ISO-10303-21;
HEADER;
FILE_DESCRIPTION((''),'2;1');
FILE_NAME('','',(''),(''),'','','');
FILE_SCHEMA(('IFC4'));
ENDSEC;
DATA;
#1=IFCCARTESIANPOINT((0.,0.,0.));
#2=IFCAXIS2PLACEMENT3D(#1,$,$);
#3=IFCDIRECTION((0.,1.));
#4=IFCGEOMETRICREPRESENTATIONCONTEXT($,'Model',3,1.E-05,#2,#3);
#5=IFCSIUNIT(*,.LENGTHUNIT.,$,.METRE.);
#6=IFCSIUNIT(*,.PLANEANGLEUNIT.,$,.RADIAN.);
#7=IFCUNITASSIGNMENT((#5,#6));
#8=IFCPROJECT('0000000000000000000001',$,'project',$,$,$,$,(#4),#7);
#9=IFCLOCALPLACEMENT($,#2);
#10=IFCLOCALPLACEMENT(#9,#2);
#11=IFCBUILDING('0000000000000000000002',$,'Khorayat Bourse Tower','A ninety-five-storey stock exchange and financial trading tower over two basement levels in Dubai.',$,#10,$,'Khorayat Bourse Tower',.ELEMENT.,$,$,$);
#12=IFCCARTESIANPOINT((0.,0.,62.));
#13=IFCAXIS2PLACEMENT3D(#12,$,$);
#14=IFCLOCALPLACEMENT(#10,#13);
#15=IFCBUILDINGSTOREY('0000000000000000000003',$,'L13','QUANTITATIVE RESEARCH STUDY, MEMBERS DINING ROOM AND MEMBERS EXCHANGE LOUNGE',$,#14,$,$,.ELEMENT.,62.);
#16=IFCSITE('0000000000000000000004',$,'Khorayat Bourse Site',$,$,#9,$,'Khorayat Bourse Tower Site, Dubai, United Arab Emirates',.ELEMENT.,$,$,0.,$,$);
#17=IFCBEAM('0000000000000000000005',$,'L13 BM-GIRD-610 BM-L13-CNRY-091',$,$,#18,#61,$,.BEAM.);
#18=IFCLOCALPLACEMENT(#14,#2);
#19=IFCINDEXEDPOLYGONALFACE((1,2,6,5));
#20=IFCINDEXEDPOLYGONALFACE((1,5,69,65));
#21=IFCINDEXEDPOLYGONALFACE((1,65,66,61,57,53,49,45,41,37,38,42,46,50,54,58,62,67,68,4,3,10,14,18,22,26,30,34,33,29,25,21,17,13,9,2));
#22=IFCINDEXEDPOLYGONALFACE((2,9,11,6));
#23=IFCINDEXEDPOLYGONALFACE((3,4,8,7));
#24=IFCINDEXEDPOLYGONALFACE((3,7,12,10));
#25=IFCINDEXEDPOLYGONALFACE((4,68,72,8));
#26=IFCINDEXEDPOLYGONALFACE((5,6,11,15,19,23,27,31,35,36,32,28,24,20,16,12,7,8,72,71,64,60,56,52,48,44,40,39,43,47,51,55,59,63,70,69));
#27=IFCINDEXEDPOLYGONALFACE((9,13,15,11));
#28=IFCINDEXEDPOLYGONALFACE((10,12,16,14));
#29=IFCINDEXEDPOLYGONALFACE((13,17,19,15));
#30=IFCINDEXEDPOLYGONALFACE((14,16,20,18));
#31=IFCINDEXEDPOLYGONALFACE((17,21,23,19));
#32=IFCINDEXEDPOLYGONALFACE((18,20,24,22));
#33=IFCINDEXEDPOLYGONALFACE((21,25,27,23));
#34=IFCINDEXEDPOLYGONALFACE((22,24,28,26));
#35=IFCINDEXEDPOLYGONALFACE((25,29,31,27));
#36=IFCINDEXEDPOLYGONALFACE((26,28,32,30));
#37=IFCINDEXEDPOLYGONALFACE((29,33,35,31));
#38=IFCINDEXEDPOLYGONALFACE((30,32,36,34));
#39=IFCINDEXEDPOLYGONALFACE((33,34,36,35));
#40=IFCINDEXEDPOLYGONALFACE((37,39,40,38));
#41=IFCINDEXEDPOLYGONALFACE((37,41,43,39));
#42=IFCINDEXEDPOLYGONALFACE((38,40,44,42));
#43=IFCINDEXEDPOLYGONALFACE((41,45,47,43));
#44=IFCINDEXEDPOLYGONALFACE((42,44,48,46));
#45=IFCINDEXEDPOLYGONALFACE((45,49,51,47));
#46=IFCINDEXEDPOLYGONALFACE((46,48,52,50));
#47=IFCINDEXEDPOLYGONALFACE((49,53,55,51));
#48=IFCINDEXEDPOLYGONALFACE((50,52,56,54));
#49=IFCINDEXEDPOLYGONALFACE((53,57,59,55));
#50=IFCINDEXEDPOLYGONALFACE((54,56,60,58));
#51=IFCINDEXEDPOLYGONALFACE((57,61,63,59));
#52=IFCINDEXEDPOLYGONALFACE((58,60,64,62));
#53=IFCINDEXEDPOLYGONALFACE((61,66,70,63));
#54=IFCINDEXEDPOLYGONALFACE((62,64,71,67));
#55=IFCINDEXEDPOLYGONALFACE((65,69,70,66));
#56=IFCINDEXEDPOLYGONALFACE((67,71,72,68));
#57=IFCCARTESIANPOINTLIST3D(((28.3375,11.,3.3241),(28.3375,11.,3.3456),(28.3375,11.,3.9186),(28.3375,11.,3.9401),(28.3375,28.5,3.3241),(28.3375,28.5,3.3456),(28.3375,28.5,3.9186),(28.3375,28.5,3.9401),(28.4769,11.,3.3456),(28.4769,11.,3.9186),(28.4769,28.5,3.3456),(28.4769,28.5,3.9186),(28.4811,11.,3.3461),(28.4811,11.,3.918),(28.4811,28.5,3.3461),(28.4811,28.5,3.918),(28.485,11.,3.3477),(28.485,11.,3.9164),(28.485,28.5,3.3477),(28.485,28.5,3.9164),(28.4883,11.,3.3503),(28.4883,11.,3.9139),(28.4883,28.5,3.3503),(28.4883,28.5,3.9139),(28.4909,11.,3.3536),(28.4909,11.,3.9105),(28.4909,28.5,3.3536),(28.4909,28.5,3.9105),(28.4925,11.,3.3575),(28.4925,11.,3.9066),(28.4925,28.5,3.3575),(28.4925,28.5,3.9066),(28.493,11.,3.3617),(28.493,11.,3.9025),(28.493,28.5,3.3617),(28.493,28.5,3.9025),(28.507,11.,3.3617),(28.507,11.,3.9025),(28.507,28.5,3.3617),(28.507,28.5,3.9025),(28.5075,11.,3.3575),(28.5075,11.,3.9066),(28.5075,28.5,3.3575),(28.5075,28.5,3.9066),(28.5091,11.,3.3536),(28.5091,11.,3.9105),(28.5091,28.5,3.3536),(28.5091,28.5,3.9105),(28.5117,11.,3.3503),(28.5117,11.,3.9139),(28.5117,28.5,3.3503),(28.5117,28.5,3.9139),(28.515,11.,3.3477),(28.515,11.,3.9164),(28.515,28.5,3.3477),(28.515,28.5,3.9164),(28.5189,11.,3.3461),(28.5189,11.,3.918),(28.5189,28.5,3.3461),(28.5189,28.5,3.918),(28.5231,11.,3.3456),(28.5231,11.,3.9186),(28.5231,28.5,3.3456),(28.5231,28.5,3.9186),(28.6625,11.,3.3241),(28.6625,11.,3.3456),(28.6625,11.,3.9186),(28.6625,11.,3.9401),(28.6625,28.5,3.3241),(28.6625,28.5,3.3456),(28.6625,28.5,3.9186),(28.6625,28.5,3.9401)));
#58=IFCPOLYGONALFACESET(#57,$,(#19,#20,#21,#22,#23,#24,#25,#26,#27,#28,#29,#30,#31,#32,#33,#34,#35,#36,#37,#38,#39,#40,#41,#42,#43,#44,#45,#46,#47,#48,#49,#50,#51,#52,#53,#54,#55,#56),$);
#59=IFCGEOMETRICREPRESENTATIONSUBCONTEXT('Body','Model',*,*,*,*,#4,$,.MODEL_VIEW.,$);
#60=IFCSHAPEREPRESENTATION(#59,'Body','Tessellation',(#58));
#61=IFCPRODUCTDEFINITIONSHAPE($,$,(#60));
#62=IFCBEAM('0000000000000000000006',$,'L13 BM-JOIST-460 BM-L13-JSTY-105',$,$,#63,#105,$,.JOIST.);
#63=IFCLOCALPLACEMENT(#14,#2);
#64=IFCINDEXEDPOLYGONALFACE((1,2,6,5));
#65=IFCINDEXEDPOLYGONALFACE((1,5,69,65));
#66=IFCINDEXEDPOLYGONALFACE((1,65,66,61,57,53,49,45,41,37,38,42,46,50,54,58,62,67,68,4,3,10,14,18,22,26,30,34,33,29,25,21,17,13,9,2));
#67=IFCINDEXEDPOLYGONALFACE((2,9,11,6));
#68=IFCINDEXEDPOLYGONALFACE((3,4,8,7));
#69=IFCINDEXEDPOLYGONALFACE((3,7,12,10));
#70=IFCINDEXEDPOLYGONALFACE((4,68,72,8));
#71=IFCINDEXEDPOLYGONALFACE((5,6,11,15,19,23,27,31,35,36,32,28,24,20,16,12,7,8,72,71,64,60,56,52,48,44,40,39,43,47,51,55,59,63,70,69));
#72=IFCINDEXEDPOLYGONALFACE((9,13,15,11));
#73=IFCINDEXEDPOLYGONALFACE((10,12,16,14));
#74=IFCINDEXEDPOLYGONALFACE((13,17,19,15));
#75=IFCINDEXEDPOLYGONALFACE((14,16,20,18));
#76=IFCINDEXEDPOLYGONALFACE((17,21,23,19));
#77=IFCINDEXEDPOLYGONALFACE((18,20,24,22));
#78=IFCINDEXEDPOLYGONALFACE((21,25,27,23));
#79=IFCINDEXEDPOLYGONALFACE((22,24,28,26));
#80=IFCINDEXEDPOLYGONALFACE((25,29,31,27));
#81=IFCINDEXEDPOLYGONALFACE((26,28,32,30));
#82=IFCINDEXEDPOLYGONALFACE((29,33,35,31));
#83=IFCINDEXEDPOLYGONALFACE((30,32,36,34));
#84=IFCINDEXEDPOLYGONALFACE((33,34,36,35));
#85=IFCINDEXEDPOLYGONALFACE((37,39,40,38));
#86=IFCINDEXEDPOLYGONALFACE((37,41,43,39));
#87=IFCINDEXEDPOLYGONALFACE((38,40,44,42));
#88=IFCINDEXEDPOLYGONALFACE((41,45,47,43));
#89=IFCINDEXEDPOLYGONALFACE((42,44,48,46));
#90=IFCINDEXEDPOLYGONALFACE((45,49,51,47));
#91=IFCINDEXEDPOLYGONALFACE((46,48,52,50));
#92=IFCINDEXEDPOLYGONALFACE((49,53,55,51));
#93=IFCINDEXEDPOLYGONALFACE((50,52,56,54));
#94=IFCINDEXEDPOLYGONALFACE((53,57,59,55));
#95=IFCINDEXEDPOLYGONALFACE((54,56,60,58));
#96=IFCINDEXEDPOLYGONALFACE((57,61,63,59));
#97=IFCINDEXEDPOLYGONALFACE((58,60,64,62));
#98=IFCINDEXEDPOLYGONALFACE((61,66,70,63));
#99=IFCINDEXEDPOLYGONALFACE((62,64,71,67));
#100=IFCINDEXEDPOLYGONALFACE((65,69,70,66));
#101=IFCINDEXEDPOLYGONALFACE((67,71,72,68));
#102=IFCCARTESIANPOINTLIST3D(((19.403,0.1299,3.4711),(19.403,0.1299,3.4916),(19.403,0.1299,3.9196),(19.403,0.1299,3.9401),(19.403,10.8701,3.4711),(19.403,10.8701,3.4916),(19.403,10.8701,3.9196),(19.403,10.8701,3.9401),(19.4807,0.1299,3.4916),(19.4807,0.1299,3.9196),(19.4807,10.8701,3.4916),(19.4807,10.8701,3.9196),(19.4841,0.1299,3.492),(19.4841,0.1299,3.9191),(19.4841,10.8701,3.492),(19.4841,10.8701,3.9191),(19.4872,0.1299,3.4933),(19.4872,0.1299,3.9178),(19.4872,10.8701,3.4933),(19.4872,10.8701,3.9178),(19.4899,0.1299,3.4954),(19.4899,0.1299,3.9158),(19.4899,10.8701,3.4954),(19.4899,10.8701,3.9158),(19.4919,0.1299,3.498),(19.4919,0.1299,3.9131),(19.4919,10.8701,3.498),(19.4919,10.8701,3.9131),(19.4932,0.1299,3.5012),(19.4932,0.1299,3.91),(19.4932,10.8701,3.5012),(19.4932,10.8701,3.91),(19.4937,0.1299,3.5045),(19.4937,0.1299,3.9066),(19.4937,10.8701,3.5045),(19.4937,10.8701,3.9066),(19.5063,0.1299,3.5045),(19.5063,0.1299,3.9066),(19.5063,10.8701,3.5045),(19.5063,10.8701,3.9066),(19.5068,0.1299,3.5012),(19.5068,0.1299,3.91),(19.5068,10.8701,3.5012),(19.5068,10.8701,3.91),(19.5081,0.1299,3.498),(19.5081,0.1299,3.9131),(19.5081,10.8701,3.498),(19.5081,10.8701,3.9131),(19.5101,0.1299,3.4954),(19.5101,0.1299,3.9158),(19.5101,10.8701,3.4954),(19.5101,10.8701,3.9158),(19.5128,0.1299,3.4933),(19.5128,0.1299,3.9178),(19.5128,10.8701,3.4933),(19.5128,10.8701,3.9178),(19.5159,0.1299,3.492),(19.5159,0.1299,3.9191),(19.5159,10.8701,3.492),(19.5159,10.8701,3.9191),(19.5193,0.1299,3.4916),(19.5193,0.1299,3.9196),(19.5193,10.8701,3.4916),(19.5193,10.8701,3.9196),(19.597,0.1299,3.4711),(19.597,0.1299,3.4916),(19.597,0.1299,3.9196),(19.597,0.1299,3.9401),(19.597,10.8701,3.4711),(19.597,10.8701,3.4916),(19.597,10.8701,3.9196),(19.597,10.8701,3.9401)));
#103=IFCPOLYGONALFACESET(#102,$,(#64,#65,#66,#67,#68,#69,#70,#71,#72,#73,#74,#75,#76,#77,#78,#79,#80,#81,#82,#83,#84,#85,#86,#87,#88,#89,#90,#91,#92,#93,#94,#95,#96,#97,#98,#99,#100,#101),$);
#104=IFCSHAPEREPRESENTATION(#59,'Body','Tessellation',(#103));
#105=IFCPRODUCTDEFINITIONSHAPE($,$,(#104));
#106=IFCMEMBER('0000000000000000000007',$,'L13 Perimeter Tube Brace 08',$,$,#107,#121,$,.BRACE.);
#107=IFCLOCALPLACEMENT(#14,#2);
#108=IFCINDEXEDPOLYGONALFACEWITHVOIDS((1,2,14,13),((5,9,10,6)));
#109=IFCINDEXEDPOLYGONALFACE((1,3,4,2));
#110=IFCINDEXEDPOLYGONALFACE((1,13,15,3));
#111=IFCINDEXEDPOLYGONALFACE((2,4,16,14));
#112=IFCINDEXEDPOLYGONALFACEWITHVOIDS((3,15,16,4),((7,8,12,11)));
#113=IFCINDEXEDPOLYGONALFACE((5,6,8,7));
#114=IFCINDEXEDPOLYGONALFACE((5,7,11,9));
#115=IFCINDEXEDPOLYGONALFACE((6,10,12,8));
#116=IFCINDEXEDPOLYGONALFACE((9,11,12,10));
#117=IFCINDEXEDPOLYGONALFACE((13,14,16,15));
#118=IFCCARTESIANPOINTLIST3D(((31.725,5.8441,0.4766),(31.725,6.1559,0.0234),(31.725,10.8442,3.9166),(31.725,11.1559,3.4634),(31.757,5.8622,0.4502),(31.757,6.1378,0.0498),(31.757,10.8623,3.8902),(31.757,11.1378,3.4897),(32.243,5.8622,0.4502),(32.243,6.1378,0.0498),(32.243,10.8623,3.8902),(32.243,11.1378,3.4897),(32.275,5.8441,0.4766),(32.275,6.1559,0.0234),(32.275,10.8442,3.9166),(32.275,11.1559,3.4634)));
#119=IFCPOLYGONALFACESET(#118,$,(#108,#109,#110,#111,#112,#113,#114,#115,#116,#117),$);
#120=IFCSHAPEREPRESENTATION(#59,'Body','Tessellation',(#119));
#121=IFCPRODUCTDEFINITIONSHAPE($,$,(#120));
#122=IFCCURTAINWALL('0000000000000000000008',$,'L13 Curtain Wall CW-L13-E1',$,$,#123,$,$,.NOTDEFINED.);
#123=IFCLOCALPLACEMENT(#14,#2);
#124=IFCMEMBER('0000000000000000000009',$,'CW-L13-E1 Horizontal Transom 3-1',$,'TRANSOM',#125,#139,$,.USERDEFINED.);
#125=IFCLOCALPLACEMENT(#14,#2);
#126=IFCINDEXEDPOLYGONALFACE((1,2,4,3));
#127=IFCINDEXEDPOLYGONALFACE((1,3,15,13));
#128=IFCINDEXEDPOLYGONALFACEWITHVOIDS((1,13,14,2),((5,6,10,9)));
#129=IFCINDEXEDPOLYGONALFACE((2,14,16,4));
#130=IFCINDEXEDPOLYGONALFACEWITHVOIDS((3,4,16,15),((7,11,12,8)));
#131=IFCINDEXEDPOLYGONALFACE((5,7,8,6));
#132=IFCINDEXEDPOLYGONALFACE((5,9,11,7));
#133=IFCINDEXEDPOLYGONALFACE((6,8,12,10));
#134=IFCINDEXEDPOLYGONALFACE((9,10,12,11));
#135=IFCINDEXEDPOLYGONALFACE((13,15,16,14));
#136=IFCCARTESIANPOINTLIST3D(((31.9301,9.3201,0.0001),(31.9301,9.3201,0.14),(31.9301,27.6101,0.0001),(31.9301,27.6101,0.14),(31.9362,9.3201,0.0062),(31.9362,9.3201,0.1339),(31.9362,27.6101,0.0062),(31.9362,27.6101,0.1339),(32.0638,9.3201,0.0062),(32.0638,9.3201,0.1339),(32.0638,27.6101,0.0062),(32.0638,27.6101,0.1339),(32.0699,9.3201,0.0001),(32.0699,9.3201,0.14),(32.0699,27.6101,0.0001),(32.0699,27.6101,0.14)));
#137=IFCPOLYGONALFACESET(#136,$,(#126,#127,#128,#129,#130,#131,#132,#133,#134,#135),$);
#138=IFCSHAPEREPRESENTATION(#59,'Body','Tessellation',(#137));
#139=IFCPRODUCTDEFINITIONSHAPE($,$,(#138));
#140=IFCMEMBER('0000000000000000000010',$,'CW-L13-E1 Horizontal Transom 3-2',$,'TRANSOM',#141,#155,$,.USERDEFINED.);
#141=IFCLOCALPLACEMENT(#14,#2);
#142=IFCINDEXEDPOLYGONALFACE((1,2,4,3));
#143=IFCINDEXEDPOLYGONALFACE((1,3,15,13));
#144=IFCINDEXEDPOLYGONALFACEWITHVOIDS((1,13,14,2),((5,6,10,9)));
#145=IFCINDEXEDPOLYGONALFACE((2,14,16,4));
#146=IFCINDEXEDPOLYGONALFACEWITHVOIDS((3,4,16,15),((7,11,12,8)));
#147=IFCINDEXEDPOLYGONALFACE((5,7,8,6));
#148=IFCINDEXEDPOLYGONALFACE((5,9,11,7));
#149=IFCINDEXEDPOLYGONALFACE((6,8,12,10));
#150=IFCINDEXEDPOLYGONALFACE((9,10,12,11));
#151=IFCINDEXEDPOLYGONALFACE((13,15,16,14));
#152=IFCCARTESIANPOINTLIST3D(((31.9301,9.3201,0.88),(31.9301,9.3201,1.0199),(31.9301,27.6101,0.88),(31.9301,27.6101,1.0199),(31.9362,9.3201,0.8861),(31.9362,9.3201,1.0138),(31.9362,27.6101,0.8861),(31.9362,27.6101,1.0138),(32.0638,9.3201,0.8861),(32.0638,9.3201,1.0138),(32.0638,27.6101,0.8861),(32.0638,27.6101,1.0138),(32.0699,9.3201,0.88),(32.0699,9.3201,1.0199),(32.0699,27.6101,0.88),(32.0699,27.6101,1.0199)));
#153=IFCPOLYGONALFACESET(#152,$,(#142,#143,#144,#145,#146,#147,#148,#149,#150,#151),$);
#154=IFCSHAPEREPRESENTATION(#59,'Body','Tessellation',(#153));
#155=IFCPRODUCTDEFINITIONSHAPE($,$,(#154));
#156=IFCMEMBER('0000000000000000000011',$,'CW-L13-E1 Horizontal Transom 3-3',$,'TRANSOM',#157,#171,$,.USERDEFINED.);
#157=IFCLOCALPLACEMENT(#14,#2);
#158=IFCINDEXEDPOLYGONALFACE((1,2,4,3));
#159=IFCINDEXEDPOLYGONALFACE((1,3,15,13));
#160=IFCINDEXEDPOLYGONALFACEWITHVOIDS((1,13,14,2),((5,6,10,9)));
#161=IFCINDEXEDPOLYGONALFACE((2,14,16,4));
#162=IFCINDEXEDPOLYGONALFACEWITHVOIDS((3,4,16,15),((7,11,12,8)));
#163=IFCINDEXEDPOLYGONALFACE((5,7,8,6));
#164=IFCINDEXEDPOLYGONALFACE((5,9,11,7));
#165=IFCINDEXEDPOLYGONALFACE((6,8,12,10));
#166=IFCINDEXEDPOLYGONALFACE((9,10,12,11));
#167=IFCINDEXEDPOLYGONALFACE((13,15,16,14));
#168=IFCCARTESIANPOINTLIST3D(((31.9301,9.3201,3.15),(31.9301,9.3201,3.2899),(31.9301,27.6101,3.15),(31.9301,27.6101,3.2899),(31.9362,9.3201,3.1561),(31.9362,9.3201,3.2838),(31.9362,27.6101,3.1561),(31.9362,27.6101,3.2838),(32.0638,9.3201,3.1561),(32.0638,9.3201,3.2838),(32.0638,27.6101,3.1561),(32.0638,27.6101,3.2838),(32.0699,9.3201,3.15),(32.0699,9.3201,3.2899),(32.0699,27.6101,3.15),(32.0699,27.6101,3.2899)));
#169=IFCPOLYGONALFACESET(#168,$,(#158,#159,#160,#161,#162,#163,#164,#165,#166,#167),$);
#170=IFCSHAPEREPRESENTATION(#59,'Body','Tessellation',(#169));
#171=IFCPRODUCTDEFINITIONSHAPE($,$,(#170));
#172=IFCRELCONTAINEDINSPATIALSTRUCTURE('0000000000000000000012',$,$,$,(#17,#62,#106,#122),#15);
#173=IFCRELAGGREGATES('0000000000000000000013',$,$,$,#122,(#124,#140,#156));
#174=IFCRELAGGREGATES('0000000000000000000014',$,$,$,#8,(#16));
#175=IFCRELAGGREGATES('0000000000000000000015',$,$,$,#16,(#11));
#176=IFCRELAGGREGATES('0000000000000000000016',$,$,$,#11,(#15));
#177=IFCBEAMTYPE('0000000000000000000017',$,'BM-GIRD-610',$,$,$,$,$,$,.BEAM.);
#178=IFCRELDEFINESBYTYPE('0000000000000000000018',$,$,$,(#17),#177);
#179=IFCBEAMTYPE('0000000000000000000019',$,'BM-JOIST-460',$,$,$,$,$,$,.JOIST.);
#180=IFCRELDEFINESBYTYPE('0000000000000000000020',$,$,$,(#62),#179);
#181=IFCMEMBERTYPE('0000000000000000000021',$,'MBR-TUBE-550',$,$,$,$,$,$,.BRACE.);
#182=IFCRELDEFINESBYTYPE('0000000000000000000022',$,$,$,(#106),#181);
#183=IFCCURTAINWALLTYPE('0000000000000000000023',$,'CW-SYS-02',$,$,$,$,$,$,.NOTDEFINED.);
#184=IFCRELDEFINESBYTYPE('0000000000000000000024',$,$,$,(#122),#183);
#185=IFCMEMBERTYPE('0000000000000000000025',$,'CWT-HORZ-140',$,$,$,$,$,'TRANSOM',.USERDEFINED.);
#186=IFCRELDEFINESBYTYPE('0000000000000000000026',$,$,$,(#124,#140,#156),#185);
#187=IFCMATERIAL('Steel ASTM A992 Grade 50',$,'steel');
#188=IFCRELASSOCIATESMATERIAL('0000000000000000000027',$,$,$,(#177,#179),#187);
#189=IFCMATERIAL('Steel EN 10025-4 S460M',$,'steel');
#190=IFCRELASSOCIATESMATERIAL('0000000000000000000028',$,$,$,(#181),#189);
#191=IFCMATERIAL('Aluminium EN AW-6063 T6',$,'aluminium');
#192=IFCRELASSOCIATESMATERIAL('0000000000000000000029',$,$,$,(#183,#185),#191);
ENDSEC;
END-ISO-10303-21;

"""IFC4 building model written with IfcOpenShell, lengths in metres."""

from ifc_helpers import new_model, si_unit, direction, frame, origin, origin_2d, place, context, subcontext, project, spatial, hollow_rectangle, i_section, extrude, source, transform, mapped, material, material_profile, profile_set, type_object, element, aggregate, save


model = new_model("IFC4")

# Units and contexts
model_context = context("Model", 3, precision=1e-05, world=origin(), true_north=direction((0.0, 1.0)))
body_context = subcontext(model_context, "Body", "Model", "MODEL_VIEW")
ifc_project = project(units=[si_unit("LENGTHUNIT", "METRE"), si_unit("PLANEANGLEUNIT", "RADIAN")], contexts=[model_context])

# Site, building, storey
site_placement = place(None, origin())
site = spatial("IfcSite", under=ifc_project, at=site_placement, Name="Khorayat Bourse Site", LongName="Khorayat Bourse Tower Site, Dubai, United Arab Emirates", CompositionType="ELEMENT", RefElevation=0.0)
building_placement = place(site_placement, origin())
building = spatial("IfcBuilding", under=site, at=building_placement, Name="Khorayat Bourse Tower", Description="A ninety-five-storey stock exchange and financial trading tower over two basement levels in Dubai.", LongName="Khorayat Bourse Tower", CompositionType="ELEMENT")
storey_placement = place(building_placement, frame((0.0, 0.0, 62.0)))
storey = spatial("IfcBuildingStorey", under=building, at=storey_placement, Name="L13", Description="QUANTITATIVE RESEARCH STUDY, MEMBERS DINING ROOM AND MEMBERS EXCHANGE LOUNGE", CompositionType="ELEMENT", Elevation=62.0)

# Shared definitions
ifc_material_1 = material(Name="Steel EN 10025-4 S460M", Category="steel")

# Beams
ifc_material_2 = material(Name="Steel ASTM A992 Grade 50", Category="steel")
ifc_material_profile_1 = material_profile(ifc_material_2, i_section(OverallWidth=0.325, OverallDepth=0.616, WebThickness=0.0139, FlangeThickness=0.0215, FilletRadius=0.0161, at=origin_2d()), Name="W610X174")
ifc_profile_set_1 = profile_set([ifc_material_profile_1], Name="Steel ASTM A992 Grade 50")
beam_type_1 = type_object("IfcBeamType", Name="BM-GIRD-610", PredefinedType="BEAM", material=ifc_profile_set_1)
shared_shape_1 = source(origin(), body_context, "Body", "SweptSolid", [
    extrude(i_section(OverallWidth=0.325, OverallDepth=0.616, WebThickness=0.0139, FlangeThickness=0.0215, FilletRadius=0.0161, at=origin_2d()), origin(), (0.0, 0.0, 1.0), 17.5),
])
beam_1_placement = place(storey_placement, frame((28.5, 11.0, 3.6321), z_axis=(0.0, 1.0, 0.0), x_axis=(-1.0, 0.0, 0.0)))
element("IfcBeam", 1, at=beam_1_placement, inside=storey, type_object=beam_type_1, Name="L13 BM-GIRD-610 BM-L13-CNRY-091", PredefinedType="BEAM", context=body_context, shape_type="MappedRepresentation", body=[
    mapped(shared_shape_1, transform((0.0, 0.0, 0.0), scale=1.0)),
])
ifc_material_profile_2 = material_profile(ifc_material_2, i_section(OverallWidth=0.1941, OverallDepth=0.469, WebThickness=0.0127, FlangeThickness=0.0205, FilletRadius=0.0129, at=origin_2d()), Name="W460X106")
ifc_profile_set_2 = profile_set([ifc_material_profile_2], Name="Steel ASTM A992 Grade 50")
beam_type_2 = type_object("IfcBeamType", Name="BM-JOIST-460", PredefinedType="JOIST", material=ifc_profile_set_2)
shared_shape_2 = source(origin(), body_context, "Body", "SweptSolid", [
    extrude(i_section(OverallWidth=0.1941, OverallDepth=0.469, WebThickness=0.0127, FlangeThickness=0.0205, FilletRadius=0.0129, at=origin_2d()), origin(), (0.0, 0.0, 1.0), 10.7402),
])
beam_2_placement = place(storey_placement, frame((19.5, 0.1299, 3.7056), z_axis=(0.0, 1.0, 0.0), x_axis=(-1.0, 0.0, 0.0)))
element("IfcBeam", 2, at=beam_2_placement, inside=storey, type_object=beam_type_2, Name="L13 BM-JOIST-460 BM-L13-JSTY-105", PredefinedType="JOIST", context=body_context, shape_type="MappedRepresentation", body=[
    mapped(shared_shape_2, transform((0.0, 0.0, 0.0), scale=1.0)),
])

# Member
ifc_material_profile_3 = material_profile(ifc_material_1, hollow_rectangle(XDim=0.55, YDim=0.55, WallThickness=0.032, at=origin_2d()), Name="HSS 550x550x32")
ifc_profile_set_3 = profile_set([ifc_material_profile_3], Name="Steel EN 10025-4 S460M")
member_type_1 = type_object("IfcMemberType", Name="MBR-TUBE-550", PredefinedType="BRACE", material=ifc_profile_set_3)
shared_shape_3 = source(origin(), body_context, "Body", "SweptSolid", [
    extrude(hollow_rectangle(XDim=0.55, YDim=0.55, WallThickness=0.032, at=origin_2d()), origin(), (0.0, 0.0, 1.0), 6.0691),
])
member_1_placement = place(storey_placement, frame((32.0, 6.0, 0.25), z_axis=(0.0, 0.823854, 0.566802), x_axis=(-1.0, 0.0, 0.0)))
element("IfcMember", 3, at=member_1_placement, inside=storey, type_object=member_type_1, Name="L13 Perimeter Tube Brace 08", PredefinedType="BRACE", context=body_context, shape_type="MappedRepresentation", body=[
    mapped(shared_shape_3, transform((0.0, 0.0, 0.0), scale=1.0)),
])

# Curtain wall, members
ifc_material_3 = material(Name="Aluminium EN AW-6063 T6", Category="aluminium")
curtain_wall_type = type_object("IfcCurtainWallType", Name="CW-SYS-02", PredefinedType="NOTDEFINED", material=ifc_material_3)
curtain_wall_placement = place(storey_placement, origin())
curtain_wall = element("IfcCurtainWall", 4, at=curtain_wall_placement, inside=storey, type_object=curtain_wall_type, Name="L13 Curtain Wall CW-L13-E1", PredefinedType="NOTDEFINED")
ifc_material_profile_4 = material_profile(ifc_material_3, hollow_rectangle(XDim=0.1399, YDim=0.1399, WallThickness=0.0061, at=origin_2d()), Name="ALU 140x140x6")
ifc_profile_set_4 = profile_set([ifc_material_profile_4], Name="Aluminium EN AW-6063 T6")
member_type_2 = type_object("IfcMemberType", Name="CWT-HORZ-140", ElementType="TRANSOM", PredefinedType="USERDEFINED", material=ifc_profile_set_4)
shared_shape_4 = source(origin(), body_context, "Body", "SweptSolid", [
    extrude(hollow_rectangle(XDim=0.1399, YDim=0.1399, WallThickness=0.0061, at=origin_2d()), origin(), (0.0, 0.0, 1.0), 18.29),
])
member_2_placement = place(storey_placement, frame((32.0, 9.3201, 0.0701), z_axis=(0.0, 1.0, 0.0), x_axis=(-1.0, 0.0, 0.0)))
member_2 = element("IfcMember", 5, at=member_2_placement, type_object=member_type_2, Name="CW-L13-E1 Horizontal Transom 3-1", ObjectType="TRANSOM", PredefinedType="USERDEFINED", context=body_context, shape_type="MappedRepresentation", body=[
    mapped(shared_shape_4, transform((0.0, 0.0, 0.0), scale=1.0)),
])
member_3_placement = place(storey_placement, frame((32.0, 9.3201, 0.95), z_axis=(0.0, 1.0, 0.0), x_axis=(-1.0, 0.0, 0.0)))
member_3 = element("IfcMember", 6, at=member_3_placement, type_object=member_type_2, Name="CW-L13-E1 Horizontal Transom 3-2", ObjectType="TRANSOM", PredefinedType="USERDEFINED", context=body_context, shape_type="MappedRepresentation", body=[
    mapped(shared_shape_4, transform((0.0, 0.0, 0.0), scale=1.0)),
])
member_4_placement = place(storey_placement, frame((32.0, 9.3201, 3.22), z_axis=(0.0, 1.0, 0.0), x_axis=(-1.0, 0.0, 0.0)))
member_4 = element("IfcMember", 7, at=member_4_placement, type_object=member_type_2, Name="CW-L13-E1 Horizontal Transom 3-3", ObjectType="TRANSOM", PredefinedType="USERDEFINED", context=body_context, shape_type="MappedRepresentation", body=[
    mapped(shared_shape_4, transform((0.0, 0.0, 0.0), scale=1.0)),
])

aggregate(curtain_wall, [member_2, member_3, member_4])

save(model, "model.ifc")
